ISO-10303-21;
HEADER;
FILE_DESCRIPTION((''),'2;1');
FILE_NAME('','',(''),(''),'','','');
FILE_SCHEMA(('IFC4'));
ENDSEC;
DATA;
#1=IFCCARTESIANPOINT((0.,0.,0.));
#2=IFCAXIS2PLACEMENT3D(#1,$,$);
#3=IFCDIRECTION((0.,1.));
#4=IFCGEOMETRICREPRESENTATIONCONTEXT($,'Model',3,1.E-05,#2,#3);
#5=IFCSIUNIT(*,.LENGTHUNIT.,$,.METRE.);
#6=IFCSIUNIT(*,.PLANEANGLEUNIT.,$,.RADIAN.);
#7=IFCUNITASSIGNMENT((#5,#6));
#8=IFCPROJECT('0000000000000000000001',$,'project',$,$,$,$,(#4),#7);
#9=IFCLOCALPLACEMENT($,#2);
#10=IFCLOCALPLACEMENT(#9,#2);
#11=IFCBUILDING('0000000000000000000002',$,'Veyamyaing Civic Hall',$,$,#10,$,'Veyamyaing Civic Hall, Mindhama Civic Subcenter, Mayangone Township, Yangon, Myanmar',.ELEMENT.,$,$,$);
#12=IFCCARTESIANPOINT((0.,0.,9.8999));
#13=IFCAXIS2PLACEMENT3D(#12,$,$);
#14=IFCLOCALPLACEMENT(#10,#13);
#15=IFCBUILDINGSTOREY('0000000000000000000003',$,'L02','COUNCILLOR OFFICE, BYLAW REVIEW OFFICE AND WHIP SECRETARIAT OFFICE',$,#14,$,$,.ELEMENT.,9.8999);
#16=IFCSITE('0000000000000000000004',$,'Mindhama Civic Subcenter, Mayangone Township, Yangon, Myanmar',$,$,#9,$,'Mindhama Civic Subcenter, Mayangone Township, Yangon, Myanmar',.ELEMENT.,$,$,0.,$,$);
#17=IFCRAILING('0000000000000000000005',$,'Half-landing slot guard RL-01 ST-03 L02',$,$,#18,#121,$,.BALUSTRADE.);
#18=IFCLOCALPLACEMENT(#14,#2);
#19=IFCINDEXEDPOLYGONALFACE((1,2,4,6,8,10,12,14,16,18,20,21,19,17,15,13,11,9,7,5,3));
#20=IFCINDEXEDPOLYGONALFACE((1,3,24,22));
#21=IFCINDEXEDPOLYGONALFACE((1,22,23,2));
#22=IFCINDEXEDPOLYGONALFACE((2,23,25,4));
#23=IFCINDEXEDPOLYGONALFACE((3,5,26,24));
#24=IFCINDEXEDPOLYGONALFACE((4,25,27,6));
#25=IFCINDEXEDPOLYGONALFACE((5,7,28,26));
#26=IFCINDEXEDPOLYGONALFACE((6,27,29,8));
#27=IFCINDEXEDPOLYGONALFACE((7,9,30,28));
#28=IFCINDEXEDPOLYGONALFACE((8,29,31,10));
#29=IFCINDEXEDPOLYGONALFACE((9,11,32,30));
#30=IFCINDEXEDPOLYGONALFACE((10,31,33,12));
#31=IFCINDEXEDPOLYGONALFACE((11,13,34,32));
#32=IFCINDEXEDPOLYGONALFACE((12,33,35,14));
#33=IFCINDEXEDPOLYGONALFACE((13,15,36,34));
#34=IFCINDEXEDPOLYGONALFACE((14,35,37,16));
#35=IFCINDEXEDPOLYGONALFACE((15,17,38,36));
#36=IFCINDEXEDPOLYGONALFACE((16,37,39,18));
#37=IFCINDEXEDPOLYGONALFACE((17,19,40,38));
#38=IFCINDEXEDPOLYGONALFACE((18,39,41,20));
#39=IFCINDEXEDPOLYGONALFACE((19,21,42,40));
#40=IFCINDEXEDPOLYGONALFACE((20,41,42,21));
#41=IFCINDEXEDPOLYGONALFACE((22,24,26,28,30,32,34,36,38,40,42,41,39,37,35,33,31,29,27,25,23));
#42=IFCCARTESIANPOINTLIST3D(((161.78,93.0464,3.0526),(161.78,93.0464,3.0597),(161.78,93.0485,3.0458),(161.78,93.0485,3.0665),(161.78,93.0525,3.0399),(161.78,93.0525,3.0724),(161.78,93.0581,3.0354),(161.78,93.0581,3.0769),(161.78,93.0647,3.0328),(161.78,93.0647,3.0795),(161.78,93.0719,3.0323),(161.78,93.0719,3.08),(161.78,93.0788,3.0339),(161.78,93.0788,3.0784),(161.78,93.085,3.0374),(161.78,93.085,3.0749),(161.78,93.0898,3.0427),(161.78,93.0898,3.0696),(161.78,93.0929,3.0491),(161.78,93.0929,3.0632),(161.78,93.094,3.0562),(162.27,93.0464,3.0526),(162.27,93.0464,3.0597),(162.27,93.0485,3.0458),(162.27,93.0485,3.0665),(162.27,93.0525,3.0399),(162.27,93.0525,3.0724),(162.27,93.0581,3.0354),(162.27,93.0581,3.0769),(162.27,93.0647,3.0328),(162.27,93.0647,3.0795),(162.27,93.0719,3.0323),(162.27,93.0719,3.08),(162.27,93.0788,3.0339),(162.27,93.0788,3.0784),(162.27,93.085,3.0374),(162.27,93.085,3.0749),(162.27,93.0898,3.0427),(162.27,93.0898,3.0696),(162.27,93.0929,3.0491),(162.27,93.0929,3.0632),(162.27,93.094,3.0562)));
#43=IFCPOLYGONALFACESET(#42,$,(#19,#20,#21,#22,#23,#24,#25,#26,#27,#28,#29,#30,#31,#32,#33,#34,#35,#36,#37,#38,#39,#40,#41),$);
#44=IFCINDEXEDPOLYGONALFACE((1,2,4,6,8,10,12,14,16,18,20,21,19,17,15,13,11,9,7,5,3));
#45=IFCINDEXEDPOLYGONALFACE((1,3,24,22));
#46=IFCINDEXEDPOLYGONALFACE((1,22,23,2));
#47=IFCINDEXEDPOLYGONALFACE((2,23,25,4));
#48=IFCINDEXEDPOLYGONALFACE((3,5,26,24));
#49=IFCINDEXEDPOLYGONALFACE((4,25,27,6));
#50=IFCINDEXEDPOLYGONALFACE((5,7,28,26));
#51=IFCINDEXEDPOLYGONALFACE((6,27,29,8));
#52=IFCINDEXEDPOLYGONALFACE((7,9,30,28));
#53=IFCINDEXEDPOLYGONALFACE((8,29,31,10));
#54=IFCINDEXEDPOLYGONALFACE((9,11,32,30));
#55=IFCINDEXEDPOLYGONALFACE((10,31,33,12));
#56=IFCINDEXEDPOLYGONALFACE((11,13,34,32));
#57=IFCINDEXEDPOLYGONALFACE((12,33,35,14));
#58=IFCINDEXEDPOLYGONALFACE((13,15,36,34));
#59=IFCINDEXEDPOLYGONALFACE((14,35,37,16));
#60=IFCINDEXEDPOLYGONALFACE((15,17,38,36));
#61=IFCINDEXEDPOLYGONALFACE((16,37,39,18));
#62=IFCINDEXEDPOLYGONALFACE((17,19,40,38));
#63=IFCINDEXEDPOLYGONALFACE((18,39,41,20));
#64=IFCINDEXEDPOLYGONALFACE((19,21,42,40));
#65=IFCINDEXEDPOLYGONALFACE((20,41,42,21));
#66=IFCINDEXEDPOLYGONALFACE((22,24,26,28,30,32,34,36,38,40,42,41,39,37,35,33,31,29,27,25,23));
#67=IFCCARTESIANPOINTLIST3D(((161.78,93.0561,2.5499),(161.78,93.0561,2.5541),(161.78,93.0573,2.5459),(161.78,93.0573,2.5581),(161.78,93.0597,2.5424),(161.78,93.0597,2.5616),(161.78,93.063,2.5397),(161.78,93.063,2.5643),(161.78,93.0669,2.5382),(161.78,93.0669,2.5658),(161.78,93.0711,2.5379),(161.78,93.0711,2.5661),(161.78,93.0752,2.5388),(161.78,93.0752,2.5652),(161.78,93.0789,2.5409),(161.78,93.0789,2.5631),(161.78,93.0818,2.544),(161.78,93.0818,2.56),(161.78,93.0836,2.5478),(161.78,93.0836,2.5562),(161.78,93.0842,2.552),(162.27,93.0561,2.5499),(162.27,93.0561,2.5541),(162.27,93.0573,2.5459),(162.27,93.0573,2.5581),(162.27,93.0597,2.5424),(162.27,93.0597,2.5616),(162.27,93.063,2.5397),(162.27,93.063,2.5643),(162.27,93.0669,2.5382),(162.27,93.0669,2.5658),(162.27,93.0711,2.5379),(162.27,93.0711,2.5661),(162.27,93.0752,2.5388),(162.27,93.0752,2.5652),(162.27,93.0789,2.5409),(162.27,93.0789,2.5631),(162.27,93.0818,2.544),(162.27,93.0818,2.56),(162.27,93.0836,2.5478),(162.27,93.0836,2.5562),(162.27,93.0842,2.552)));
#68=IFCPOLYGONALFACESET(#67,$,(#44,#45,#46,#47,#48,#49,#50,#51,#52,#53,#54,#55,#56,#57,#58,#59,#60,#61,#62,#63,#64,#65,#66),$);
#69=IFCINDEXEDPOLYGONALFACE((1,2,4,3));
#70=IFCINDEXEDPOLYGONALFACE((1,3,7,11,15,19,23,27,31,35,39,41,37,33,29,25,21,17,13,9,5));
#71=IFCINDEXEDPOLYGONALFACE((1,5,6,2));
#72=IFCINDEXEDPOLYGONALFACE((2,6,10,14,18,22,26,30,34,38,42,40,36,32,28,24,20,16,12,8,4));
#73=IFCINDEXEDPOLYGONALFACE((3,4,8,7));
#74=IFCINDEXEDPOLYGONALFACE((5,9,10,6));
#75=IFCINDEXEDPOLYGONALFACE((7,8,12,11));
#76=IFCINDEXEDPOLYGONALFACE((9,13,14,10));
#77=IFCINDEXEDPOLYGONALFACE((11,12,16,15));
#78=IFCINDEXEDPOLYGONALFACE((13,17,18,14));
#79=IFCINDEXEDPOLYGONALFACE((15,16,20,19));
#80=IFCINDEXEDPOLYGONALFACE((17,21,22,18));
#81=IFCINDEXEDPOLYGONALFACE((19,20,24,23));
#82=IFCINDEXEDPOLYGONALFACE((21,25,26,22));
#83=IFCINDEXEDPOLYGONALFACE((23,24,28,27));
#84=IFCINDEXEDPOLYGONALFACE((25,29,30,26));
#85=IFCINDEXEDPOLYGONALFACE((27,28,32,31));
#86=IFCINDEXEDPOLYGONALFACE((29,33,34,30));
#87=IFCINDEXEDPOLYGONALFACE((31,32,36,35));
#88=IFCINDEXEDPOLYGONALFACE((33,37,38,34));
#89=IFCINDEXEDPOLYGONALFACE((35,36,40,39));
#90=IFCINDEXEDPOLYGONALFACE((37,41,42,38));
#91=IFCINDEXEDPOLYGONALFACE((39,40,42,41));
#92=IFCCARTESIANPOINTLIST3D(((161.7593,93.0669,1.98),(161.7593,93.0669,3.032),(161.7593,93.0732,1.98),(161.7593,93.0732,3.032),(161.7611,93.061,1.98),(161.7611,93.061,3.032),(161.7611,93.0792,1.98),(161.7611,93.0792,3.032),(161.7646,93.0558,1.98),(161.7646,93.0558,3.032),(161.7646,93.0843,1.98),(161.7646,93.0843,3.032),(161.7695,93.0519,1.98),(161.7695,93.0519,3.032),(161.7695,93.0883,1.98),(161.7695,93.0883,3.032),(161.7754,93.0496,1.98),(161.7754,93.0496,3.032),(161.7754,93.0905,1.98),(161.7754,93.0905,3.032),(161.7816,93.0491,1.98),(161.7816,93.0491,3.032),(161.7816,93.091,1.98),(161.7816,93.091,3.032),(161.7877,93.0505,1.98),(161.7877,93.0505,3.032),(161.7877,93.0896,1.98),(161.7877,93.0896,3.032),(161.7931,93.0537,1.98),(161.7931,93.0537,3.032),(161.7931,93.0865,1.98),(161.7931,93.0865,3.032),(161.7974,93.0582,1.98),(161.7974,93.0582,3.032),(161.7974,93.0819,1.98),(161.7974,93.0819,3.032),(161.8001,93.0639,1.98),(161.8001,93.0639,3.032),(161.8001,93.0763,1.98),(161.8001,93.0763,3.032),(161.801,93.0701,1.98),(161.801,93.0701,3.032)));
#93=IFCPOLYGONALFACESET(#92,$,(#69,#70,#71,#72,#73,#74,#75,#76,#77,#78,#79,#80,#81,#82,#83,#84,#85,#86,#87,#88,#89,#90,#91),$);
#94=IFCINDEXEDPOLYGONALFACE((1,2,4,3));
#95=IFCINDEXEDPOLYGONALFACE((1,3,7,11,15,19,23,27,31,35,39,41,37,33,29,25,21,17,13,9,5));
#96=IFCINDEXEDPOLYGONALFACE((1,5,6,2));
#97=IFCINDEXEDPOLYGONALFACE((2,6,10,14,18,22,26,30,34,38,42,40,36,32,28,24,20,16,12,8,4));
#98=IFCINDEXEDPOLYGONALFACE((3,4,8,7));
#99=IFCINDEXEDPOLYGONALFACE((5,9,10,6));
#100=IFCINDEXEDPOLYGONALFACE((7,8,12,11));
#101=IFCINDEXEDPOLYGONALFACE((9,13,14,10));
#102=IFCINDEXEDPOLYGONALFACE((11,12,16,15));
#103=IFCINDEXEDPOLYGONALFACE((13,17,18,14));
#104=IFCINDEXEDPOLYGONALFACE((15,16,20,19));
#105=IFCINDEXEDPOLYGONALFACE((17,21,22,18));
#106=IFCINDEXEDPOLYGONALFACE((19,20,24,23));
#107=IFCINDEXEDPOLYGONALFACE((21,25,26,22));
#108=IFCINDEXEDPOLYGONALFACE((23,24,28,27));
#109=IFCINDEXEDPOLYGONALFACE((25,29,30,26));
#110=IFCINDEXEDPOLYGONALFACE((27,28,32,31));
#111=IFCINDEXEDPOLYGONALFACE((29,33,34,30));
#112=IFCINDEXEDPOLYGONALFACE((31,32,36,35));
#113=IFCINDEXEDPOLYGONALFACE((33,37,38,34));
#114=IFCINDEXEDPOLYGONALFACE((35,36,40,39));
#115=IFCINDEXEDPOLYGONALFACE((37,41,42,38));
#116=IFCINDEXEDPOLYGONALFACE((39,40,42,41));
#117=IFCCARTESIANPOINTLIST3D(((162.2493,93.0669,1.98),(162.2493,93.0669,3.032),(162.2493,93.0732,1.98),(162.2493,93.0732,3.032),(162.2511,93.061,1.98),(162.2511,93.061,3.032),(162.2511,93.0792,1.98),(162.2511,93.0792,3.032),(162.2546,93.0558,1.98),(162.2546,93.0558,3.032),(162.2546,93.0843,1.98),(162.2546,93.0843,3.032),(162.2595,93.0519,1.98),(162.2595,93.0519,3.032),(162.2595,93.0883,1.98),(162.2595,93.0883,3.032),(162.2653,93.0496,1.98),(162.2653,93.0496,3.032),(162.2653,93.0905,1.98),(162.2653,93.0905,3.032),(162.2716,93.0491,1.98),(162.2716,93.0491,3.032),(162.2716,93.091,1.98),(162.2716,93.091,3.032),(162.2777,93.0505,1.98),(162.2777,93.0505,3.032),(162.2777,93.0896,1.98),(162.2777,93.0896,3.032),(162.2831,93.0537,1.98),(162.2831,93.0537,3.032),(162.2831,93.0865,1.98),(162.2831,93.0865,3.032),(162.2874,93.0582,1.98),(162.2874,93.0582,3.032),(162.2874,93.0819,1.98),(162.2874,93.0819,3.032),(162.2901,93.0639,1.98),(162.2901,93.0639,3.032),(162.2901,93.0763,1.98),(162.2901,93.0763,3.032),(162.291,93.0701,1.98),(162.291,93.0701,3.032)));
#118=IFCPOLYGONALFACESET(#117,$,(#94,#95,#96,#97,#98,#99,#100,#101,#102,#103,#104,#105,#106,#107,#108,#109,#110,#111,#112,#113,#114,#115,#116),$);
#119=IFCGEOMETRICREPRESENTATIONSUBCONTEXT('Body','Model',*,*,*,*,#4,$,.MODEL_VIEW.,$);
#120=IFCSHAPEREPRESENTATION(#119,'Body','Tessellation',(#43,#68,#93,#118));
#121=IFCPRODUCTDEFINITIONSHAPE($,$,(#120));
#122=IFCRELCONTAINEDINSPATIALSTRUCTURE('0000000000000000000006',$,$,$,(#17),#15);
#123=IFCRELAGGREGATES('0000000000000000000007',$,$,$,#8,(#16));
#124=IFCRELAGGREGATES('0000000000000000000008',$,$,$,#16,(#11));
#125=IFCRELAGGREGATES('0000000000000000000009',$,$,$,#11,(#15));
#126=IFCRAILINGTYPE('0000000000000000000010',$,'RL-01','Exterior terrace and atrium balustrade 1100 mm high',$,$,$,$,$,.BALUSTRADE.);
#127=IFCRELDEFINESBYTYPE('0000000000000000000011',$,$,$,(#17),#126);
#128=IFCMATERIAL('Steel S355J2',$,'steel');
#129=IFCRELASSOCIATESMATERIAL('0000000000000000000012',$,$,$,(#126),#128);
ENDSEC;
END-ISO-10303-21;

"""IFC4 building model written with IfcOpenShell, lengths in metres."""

from ifc_helpers import new_model, si_unit, direction, frame, origin, origin_2d, place, context, subcontext, project, spatial, circle, extrude, material, type_object, element, save


model = new_model("IFC4")

# Units and contexts
model_context = context("Model", 3, precision=1e-05, world=origin(), true_north=direction((0.0, 1.0)))
body_context = subcontext(model_context, "Body", "Model", "MODEL_VIEW")
ifc_project = project(units=[si_unit("LENGTHUNIT", "METRE"), si_unit("PLANEANGLEUNIT", "RADIAN")], contexts=[model_context])

# Site, building, storey
site_placement = place(None, origin())
site = spatial("IfcSite", under=ifc_project, at=site_placement, Name="Mindhama Civic Subcenter, Mayangone Township, Yangon, Myanmar", LongName="Mindhama Civic Subcenter, Mayangone Township, Yangon, Myanmar", CompositionType="ELEMENT", RefElevation=0.0)
building_placement = place(site_placement, origin())
building = spatial("IfcBuilding", under=site, at=building_placement, Name="Veyamyaing Civic Hall", LongName="Veyamyaing Civic Hall, Mindhama Civic Subcenter, Mayangone Township, Yangon, Myanmar", CompositionType="ELEMENT")
storey_placement = place(building_placement, frame((0.0, 0.0, 9.8999)))
storey = spatial("IfcBuildingStorey", under=building, at=storey_placement, Name="L02", Description="COUNCILLOR OFFICE, BYLAW REVIEW OFFICE AND WHIP SECRETARIAT OFFICE", CompositionType="ELEMENT", Elevation=9.8999)

# Railing
ifc_material_1 = material(Name="Steel S355J2", Category="steel")
railing_type_1 = type_object("IfcRailingType", Name="RL-01", Description="Exterior terrace and atrium balustrade 1100 mm high", PredefinedType="BALUSTRADE", material=ifc_material_1)
railing_1_placement = place(storey_placement, frame((161.78, 93.0701, 1.98)))
element("IfcRailing", 1, at=railing_1_placement, inside=storey, type_object=railing_type_1, Name="Half-landing slot guard RL-01 ST-03 L02", PredefinedType="BALUSTRADE", context=body_context, shape_type="SweptSolid", body=[
    extrude(circle(Radius=0.0239, at=origin_2d()), frame((0.0, 0.0, 1.0762), z_axis=(1.0, 0.0, 0.0), x_axis=(0.0, 1.0, 0.0)), (0.0, 0.0, 1.0), 0.49),
    extrude(circle(Radius=0.0142, at=origin_2d()), frame((0.0, 0.0, 0.572), z_axis=(1.0, 0.0, 0.0), x_axis=(0.0, 1.0, 0.0)), (0.0, 0.0, 1.0), 0.49),
    extrude(circle(Radius=0.021, at=origin_2d()), origin(), (0.0, 0.0, 1.0), 1.052),
    extrude(circle(Radius=0.021, at=origin_2d()), frame((0.49, 0.0, 0.0)), (0.0, 0.0, 1.0), 1.052),
])

save(model, "model.ifc")
